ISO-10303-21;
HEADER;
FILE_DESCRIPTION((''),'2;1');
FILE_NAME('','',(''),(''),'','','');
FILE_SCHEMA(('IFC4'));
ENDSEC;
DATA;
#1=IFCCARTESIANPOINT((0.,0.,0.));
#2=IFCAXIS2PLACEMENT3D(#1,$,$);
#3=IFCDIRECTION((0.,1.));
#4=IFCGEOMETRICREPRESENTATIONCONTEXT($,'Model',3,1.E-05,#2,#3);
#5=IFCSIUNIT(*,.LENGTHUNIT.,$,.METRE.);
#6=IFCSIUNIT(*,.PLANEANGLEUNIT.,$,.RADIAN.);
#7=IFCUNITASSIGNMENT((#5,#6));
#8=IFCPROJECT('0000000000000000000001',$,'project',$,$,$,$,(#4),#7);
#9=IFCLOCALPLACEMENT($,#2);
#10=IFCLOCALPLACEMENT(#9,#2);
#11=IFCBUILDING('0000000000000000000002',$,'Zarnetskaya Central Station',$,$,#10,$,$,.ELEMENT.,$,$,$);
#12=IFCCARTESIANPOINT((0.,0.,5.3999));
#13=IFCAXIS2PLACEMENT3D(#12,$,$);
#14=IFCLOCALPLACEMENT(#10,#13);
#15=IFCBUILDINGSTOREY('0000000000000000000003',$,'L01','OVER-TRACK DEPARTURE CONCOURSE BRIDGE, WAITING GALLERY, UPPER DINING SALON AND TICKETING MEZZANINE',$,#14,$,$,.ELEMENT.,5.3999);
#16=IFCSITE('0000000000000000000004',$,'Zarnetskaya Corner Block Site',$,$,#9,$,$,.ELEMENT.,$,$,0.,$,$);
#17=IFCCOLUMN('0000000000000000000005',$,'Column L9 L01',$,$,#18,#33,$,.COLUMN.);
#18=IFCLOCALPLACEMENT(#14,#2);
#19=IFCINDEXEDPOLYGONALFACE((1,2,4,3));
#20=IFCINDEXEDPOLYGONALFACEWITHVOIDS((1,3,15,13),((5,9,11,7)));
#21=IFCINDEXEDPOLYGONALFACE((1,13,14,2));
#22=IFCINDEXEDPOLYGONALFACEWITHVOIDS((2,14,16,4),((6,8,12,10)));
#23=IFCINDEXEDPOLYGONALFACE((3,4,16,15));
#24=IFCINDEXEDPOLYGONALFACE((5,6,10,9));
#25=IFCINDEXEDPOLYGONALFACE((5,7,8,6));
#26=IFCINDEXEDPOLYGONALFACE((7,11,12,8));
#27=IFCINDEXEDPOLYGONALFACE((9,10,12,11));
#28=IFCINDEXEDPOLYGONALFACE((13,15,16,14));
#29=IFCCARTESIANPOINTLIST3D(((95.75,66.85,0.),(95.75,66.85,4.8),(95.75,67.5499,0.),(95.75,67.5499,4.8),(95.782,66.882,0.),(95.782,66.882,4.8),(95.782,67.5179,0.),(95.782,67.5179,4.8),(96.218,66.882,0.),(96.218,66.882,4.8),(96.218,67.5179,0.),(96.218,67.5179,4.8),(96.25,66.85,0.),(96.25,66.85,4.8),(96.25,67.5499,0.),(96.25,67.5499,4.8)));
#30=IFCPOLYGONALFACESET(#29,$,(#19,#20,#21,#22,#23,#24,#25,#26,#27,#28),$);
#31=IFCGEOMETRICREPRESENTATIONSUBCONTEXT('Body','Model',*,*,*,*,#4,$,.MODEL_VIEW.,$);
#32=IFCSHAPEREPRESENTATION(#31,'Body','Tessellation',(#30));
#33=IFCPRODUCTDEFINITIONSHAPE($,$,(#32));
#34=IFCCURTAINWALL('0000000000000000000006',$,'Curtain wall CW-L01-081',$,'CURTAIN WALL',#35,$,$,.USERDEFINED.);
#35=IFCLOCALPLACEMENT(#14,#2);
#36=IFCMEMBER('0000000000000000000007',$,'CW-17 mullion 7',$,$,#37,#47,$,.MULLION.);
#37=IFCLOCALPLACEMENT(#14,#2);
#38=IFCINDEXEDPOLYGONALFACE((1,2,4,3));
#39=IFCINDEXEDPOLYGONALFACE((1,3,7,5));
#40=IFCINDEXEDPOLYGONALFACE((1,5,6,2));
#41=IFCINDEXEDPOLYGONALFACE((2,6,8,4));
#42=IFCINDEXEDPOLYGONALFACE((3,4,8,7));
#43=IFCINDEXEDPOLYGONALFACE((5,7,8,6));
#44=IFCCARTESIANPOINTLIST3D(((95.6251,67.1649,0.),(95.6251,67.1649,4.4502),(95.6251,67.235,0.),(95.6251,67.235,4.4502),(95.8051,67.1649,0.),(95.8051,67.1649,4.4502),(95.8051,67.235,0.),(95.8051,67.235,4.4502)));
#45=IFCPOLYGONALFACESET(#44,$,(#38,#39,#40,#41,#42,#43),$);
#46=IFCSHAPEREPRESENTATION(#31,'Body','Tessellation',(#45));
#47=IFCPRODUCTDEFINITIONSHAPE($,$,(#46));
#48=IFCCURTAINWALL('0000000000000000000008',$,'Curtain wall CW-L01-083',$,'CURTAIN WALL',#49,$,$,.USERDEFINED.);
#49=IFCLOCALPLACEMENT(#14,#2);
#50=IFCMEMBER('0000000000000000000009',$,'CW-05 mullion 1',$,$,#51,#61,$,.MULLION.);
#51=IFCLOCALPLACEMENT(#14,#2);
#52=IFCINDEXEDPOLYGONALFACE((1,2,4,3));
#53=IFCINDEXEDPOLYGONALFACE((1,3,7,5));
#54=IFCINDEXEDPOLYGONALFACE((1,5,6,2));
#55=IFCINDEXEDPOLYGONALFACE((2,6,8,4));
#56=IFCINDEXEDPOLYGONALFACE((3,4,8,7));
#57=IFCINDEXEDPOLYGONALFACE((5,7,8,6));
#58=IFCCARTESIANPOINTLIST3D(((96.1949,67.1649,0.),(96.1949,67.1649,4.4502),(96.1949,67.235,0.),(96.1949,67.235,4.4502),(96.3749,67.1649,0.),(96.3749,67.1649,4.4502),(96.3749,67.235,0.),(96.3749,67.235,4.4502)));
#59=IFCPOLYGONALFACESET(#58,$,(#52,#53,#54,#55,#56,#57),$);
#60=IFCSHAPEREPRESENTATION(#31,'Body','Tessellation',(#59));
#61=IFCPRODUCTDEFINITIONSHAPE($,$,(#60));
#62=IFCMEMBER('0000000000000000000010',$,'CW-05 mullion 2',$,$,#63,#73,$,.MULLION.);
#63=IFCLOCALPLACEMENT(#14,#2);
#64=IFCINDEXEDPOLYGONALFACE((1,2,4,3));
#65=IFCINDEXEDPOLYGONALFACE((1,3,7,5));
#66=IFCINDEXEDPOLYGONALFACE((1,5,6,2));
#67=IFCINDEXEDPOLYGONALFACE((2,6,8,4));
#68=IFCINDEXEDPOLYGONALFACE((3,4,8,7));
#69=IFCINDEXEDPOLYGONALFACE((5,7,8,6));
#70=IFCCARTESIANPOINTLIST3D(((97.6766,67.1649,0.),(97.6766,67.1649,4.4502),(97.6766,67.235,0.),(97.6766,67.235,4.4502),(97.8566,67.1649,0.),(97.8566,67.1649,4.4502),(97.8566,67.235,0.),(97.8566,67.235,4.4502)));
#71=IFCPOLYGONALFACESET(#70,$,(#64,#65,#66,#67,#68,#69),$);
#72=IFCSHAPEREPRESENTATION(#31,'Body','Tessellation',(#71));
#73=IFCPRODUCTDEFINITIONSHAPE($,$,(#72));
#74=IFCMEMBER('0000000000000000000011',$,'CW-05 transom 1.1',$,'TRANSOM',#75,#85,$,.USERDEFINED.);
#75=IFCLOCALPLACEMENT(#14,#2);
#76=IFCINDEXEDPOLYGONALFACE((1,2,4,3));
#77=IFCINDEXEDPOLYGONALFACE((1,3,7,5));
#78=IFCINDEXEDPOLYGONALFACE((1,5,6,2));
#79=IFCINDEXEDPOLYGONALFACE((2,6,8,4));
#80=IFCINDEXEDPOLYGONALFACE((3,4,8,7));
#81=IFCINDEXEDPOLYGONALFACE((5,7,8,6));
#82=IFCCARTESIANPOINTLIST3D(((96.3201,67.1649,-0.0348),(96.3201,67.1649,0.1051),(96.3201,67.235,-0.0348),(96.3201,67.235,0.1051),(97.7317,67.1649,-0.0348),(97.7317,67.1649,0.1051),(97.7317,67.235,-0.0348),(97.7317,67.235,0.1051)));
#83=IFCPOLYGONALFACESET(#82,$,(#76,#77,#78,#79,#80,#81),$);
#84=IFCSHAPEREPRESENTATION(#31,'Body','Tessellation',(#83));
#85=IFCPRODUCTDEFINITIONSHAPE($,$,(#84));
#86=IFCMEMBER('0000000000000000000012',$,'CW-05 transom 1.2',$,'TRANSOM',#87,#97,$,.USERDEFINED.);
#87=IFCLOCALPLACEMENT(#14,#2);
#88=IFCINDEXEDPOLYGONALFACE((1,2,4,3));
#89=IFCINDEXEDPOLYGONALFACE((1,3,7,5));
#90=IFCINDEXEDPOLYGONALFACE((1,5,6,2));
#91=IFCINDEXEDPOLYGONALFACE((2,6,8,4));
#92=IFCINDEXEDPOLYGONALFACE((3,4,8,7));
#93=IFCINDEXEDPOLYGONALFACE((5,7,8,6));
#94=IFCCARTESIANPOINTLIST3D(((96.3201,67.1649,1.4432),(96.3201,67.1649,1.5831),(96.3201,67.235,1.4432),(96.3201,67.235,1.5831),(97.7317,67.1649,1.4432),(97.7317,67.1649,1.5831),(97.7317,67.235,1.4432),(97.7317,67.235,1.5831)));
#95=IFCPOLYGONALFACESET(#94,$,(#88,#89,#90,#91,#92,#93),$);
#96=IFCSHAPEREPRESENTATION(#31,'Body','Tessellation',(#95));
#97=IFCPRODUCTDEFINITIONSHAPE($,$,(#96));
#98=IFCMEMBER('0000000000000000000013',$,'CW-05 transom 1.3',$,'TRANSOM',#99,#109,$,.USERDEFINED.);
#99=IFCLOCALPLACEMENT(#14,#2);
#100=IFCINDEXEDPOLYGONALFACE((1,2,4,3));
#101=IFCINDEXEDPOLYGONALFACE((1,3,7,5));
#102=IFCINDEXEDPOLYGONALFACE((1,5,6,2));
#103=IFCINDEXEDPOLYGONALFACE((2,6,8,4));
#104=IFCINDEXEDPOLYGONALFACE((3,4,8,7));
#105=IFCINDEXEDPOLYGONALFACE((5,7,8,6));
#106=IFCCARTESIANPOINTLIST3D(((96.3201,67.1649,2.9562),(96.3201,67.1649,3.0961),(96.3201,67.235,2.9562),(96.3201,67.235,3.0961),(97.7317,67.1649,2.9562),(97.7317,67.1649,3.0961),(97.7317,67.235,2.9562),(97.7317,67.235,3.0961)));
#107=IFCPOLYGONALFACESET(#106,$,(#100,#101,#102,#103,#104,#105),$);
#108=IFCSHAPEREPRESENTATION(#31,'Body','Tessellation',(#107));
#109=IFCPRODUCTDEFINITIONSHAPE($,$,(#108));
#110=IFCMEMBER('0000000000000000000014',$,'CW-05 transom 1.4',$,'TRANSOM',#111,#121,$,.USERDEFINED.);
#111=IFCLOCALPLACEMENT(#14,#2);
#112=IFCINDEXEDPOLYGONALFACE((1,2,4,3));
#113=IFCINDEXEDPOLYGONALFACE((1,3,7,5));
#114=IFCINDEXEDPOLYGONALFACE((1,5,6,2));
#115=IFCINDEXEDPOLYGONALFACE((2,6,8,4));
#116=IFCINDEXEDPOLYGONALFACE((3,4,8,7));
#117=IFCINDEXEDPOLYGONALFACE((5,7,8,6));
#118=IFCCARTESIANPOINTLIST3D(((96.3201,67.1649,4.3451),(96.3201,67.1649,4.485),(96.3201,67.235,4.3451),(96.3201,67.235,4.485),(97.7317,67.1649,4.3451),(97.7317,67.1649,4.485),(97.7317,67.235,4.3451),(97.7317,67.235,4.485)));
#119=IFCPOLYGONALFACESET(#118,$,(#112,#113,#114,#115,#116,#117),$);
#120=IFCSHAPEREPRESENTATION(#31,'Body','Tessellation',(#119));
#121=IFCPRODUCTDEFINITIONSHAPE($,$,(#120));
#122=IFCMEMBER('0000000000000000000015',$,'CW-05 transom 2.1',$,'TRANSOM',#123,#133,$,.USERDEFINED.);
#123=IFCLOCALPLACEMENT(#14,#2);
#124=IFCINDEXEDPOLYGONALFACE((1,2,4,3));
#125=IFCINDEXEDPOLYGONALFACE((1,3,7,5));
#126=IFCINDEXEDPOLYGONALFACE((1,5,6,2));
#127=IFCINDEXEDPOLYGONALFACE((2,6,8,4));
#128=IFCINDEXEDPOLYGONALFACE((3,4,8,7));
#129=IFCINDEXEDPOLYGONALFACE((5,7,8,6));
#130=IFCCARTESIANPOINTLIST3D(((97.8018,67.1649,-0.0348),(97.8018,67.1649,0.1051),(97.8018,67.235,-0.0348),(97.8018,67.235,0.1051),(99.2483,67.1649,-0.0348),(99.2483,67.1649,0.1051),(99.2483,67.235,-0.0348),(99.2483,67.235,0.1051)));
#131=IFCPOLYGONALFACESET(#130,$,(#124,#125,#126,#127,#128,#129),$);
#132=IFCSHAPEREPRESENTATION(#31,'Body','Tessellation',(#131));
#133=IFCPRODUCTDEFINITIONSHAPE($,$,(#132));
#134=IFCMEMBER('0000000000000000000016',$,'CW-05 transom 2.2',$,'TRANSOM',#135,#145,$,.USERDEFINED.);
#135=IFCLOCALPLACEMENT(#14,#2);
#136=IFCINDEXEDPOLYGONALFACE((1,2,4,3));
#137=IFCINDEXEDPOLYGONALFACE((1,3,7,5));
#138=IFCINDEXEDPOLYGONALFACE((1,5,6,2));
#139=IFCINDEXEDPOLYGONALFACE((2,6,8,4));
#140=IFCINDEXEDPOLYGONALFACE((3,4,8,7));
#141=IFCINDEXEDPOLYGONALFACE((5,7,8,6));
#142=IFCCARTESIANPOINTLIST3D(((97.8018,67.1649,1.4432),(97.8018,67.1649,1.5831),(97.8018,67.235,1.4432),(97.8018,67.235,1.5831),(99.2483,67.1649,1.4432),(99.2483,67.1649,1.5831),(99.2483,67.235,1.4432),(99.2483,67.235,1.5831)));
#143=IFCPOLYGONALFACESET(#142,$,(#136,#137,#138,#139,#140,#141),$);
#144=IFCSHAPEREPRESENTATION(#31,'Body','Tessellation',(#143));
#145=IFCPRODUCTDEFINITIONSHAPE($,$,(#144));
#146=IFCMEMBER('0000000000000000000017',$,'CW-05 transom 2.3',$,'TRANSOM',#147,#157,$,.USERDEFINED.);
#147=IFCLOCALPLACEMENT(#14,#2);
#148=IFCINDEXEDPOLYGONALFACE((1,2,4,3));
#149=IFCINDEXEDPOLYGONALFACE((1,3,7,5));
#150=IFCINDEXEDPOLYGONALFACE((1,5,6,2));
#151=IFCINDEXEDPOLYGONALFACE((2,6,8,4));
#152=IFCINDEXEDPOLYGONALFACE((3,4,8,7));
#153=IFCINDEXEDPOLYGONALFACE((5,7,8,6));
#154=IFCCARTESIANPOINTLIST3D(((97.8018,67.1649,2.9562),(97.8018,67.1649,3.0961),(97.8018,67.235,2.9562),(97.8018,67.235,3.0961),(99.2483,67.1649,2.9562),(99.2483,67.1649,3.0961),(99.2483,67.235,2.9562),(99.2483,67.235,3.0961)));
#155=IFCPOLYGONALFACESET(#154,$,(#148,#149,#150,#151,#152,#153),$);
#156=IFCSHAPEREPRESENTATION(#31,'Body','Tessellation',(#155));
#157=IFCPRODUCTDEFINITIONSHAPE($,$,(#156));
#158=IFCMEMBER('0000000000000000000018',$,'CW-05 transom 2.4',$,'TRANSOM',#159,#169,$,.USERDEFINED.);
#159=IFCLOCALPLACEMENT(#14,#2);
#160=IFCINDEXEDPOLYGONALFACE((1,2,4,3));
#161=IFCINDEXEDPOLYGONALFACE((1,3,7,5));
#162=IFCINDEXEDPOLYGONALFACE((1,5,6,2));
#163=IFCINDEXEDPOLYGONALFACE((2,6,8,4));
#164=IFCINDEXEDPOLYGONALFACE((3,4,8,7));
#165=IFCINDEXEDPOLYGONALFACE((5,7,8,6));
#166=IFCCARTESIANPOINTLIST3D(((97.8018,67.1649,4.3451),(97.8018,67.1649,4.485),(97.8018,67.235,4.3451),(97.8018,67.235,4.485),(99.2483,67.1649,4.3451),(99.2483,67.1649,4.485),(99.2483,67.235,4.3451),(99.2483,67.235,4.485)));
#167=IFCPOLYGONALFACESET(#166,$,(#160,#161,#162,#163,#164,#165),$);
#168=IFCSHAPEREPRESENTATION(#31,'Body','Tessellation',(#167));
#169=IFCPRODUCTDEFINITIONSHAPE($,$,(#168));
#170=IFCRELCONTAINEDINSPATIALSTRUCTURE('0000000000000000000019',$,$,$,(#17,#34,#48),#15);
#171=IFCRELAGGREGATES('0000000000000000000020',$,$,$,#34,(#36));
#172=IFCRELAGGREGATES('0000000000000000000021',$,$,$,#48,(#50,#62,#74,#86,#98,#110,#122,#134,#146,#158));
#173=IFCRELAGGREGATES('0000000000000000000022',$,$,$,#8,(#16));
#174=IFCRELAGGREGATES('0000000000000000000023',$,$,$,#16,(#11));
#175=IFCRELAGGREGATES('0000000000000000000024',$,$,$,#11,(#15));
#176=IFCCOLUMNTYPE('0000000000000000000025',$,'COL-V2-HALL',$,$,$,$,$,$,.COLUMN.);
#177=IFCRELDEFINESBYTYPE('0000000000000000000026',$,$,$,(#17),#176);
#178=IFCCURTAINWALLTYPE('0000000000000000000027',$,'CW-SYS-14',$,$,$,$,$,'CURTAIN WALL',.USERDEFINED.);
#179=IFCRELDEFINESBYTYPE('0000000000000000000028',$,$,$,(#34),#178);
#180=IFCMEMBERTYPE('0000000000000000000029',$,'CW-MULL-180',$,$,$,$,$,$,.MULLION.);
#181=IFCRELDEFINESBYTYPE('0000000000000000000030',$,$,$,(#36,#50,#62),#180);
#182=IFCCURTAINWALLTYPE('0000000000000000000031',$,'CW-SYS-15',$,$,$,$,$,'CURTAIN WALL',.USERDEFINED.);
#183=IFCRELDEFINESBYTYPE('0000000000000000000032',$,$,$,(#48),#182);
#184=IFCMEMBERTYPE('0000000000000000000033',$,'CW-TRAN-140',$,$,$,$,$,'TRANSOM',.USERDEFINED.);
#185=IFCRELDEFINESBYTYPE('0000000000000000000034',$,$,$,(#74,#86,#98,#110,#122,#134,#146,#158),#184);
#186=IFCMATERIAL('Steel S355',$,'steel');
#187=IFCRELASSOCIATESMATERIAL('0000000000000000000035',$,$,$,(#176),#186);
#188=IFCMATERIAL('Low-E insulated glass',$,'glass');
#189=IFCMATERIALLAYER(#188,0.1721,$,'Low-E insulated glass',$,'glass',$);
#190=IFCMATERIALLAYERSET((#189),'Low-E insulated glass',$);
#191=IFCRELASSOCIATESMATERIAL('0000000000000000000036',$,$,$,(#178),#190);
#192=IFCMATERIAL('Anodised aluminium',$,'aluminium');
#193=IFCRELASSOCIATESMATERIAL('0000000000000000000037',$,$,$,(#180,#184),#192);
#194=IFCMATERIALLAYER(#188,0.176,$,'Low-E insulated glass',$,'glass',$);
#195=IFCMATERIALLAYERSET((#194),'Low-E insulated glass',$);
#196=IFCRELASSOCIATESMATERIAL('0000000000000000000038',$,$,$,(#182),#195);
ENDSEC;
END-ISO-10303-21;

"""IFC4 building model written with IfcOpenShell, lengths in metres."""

from ifc_helpers import new_model, si_unit, direction, frame, origin, origin_2d, place, context, subcontext, project, spatial, rectangle, hollow_rectangle, extrude, material, layer, layer_set, material_profile, profile_set, type_object, element, aggregate, save


model = new_model("IFC4")

# Units and contexts
model_context = context("Model", 3, precision=1e-05, world=origin(), true_north=direction((0.0, 1.0)))
body_context = subcontext(model_context, "Body", "Model", "MODEL_VIEW")
ifc_project = project(units=[si_unit("LENGTHUNIT", "METRE"), si_unit("PLANEANGLEUNIT", "RADIAN")], contexts=[model_context])

# Site, building, storey
site_placement = place(None, origin())
site = spatial("IfcSite", under=ifc_project, at=site_placement, Name="Zarnetskaya Corner Block Site", CompositionType="ELEMENT", RefElevation=0.0)
building_placement = place(site_placement, origin())
building = spatial("IfcBuilding", under=site, at=building_placement, Name="Zarnetskaya Central Station", CompositionType="ELEMENT")
storey_placement = place(building_placement, frame((0.0, 0.0, 5.3999)))
storey = spatial("IfcBuildingStorey", under=building, at=storey_placement, Name="L01", Description="OVER-TRACK DEPARTURE CONCOURSE BRIDGE, WAITING GALLERY, UPPER DINING SALON AND TICKETING MEZZANINE", CompositionType="ELEMENT", Elevation=5.3999)

# Column
ifc_material_1 = material(Name="Steel S355", Category="steel")
ifc_material_profile_1 = material_profile(ifc_material_1, hollow_rectangle(XDim=0.5, YDim=0.7, WallThickness=0.032, at=origin_2d()), Name="BOX 700x500x32")
ifc_profile_set_1 = profile_set([ifc_material_profile_1], Name="Steel S355")
column_type = type_object("IfcColumnType", Name="COL-V2-HALL", PredefinedType="COLUMN", material=ifc_profile_set_1)
column_placement = place(storey_placement, frame((96.0, 67.2, 0.0), z_axis=(0.0, 0.0, 1.0), x_axis=(1.0, 0.0, 0.0)))
element("IfcColumn", 1, at=column_placement, inside=storey, type_object=column_type, Name="Column L9 L01", PredefinedType="COLUMN", context=body_context, shape_type="SweptSolid", body=[
    extrude(hollow_rectangle(XDim=0.5, YDim=0.7, WallThickness=0.032, at=origin_2d()), origin(), (0.0, 0.0, 1.0), 4.8),
])

# Curtain wall, member
ifc_material_2 = material(Name="Low-E insulated glass", Category="glass")
ifc_layer_1 = layer(ifc_material_2, 0.1721, Name="Low-E insulated glass", Category="glass")
ifc_layer_set_1 = layer_set([ifc_layer_1], Name="Low-E insulated glass")
curtain_wall_type_1 = type_object("IfcCurtainWallType", Name="CW-SYS-14", ElementType="CURTAIN WALL", PredefinedType="USERDEFINED", material=ifc_layer_set_1)
curtain_wall_1_placement = place(storey_placement, origin())
curtain_wall_1 = element("IfcCurtainWall", 2, at=curtain_wall_1_placement, inside=storey, type_object=curtain_wall_type_1, Name="Curtain wall CW-L01-081", ObjectType="CURTAIN WALL", PredefinedType="USERDEFINED")
ifc_material_3 = material(Name="Anodised aluminium", Category="aluminium")
ifc_material_profile_2 = material_profile(ifc_material_3, rectangle(XDim=0.0701, YDim=0.1799, at=origin_2d()), Name="ALU MULL 70x180")
ifc_profile_set_2 = profile_set([ifc_material_profile_2], Name="Anodised aluminium")
member_type_1 = type_object("IfcMemberType", Name="CW-MULL-180", PredefinedType="MULLION", material=ifc_profile_set_2)
member_1_placement = place(storey_placement, frame((95.7151, 67.2, 0.0), z_axis=(0.0, 0.0, 1.0), x_axis=(0.0, 1.0, 0.0)))
member_1 = element("IfcMember", 3, at=member_1_placement, type_object=member_type_1, Name="CW-17 mullion 7", PredefinedType="MULLION", context=body_context, shape_type="SweptSolid", body=[
    extrude(rectangle(XDim=0.0701, YDim=0.1799, at=origin_2d()), origin(), (0.0, 0.0, 1.0), 4.4502),
])

# Curtain wall, members
ifc_layer_2 = layer(ifc_material_2, 0.176, Name="Low-E insulated glass", Category="glass")
ifc_layer_set_2 = layer_set([ifc_layer_2], Name="Low-E insulated glass")
curtain_wall_type_2 = type_object("IfcCurtainWallType", Name="CW-SYS-15", ElementType="CURTAIN WALL", PredefinedType="USERDEFINED", material=ifc_layer_set_2)
curtain_wall_2_placement = place(storey_placement, origin())
curtain_wall_2 = element("IfcCurtainWall", 4, at=curtain_wall_2_placement, inside=storey, type_object=curtain_wall_type_2, Name="Curtain wall CW-L01-083", ObjectType="CURTAIN WALL", PredefinedType="USERDEFINED")
member_2_placement = place(storey_placement, frame((96.2849, 67.2, 0.0), z_axis=(0.0, 0.0, 1.0), x_axis=(0.0, 1.0, 0.0)))
member_2 = element("IfcMember", 5, at=member_2_placement, type_object=member_type_1, Name="CW-05 mullion 1", PredefinedType="MULLION", context=body_context, shape_type="SweptSolid", body=[
    extrude(rectangle(XDim=0.0701, YDim=0.1799, at=origin_2d()), origin(), (0.0, 0.0, 1.0), 4.4502),
])
member_3_placement = place(storey_placement, frame((97.7666, 67.2, 0.0), z_axis=(0.0, 0.0, 1.0), x_axis=(0.0, 1.0, 0.0)))
member_3 = element("IfcMember", 6, at=member_3_placement, type_object=member_type_1, Name="CW-05 mullion 2", PredefinedType="MULLION", context=body_context, shape_type="SweptSolid", body=[
    extrude(rectangle(XDim=0.0701, YDim=0.1799, at=origin_2d()), origin(), (0.0, 0.0, 1.0), 4.4502),
])
ifc_material_profile_3 = material_profile(ifc_material_3, rectangle(XDim=0.0701, YDim=0.1399, at=origin_2d()), Name="ALU TRAN 70x140")
ifc_profile_set_3 = profile_set([ifc_material_profile_3], Name="Anodised aluminium")
member_type_2 = type_object("IfcMemberType", Name="CW-TRAN-140", ElementType="TRANSOM", PredefinedType="USERDEFINED", material=ifc_profile_set_3)
member_4_placement = place(storey_placement, frame((96.3201, 67.2, 0.0352), z_axis=(1.0, 0.0, 0.0), x_axis=(0.0, 1.0, 0.0)))
member_4 = element("IfcMember", 7, at=member_4_placement, type_object=member_type_2, Name="CW-05 transom 1.1", ObjectType="TRANSOM", PredefinedType="USERDEFINED", context=body_context, shape_type="SweptSolid", body=[
    extrude(rectangle(XDim=0.0701, YDim=0.1399, at=origin_2d()), origin(), (0.0, 0.0, 1.0), 1.4116),
])
member_5_placement = place(storey_placement, frame((96.3201, 67.2, 1.5132), z_axis=(1.0, 0.0, 0.0), x_axis=(0.0, 1.0, 0.0)))
member_5 = element("IfcMember", 8, at=member_5_placement, type_object=member_type_2, Name="CW-05 transom 1.2", ObjectType="TRANSOM", PredefinedType="USERDEFINED", context=body_context, shape_type="SweptSolid", body=[
    extrude(rectangle(XDim=0.0701, YDim=0.1399, at=origin_2d()), origin(), (0.0, 0.0, 1.0), 1.4116),
])
member_6_placement = place(storey_placement, frame((96.3201, 67.2, 3.0261), z_axis=(1.0, 0.0, 0.0), x_axis=(0.0, 1.0, 0.0)))
member_6 = element("IfcMember", 9, at=member_6_placement, type_object=member_type_2, Name="CW-05 transom 1.3", ObjectType="TRANSOM", PredefinedType="USERDEFINED", context=body_context, shape_type="SweptSolid", body=[
    extrude(rectangle(XDim=0.0701, YDim=0.1399, at=origin_2d()), origin(), (0.0, 0.0, 1.0), 1.4116),
])
member_7_placement = place(storey_placement, frame((96.3201, 67.2, 4.415), z_axis=(1.0, 0.0, 0.0), x_axis=(0.0, 1.0, 0.0)))
member_7 = element("IfcMember", 10, at=member_7_placement, type_object=member_type_2, Name="CW-05 transom 1.4", ObjectType="TRANSOM", PredefinedType="USERDEFINED", context=body_context, shape_type="SweptSolid", body=[
    extrude(rectangle(XDim=0.0701, YDim=0.1399, at=origin_2d()), origin(), (0.0, 0.0, 1.0), 1.4116),
])
member_8_placement = place(storey_placement, frame((97.8018, 67.2, 0.0352), z_axis=(1.0, 0.0, 0.0), x_axis=(0.0, 1.0, 0.0)))
member_8 = element("IfcMember", 11, at=member_8_placement, type_object=member_type_2, Name="CW-05 transom 2.1", ObjectType="TRANSOM", PredefinedType="USERDEFINED", context=body_context, shape_type="SweptSolid", body=[
    extrude(rectangle(XDim=0.0701, YDim=0.1399, at=origin_2d()), origin(), (0.0, 0.0, 1.0), 1.4465),
])
member_9_placement = place(storey_placement, frame((97.8018, 67.2, 1.5132), z_axis=(1.0, 0.0, 0.0), x_axis=(0.0, 1.0, 0.0)))
member_9 = element("IfcMember", 12, at=member_9_placement, type_object=member_type_2, Name="CW-05 transom 2.2", ObjectType="TRANSOM", PredefinedType="USERDEFINED", context=body_context, shape_type="SweptSolid", body=[
    extrude(rectangle(XDim=0.0701, YDim=0.1399, at=origin_2d()), origin(), (0.0, 0.0, 1.0), 1.4465),
])
member_10_placement = place(storey_placement, frame((97.8018, 67.2, 3.0261), z_axis=(1.0, 0.0, 0.0), x_axis=(0.0, 1.0, 0.0)))
member_10 = element("IfcMember", 13, at=member_10_placement, type_object=member_type_2, Name="CW-05 transom 2.3", ObjectType="TRANSOM", PredefinedType="USERDEFINED", context=body_context, shape_type="SweptSolid", body=[
    extrude(rectangle(XDim=0.0701, YDim=0.1399, at=origin_2d()), origin(), (0.0, 0.0, 1.0), 1.4465),
])
member_11_placement = place(storey_placement, frame((97.8018, 67.2, 4.415), z_axis=(1.0, 0.0, 0.0), x_axis=(0.0, 1.0, 0.0)))
member_11 = element("IfcMember", 14, at=member_11_placement, type_object=member_type_2, Name="CW-05 transom 2.4", ObjectType="TRANSOM", PredefinedType="USERDEFINED", context=body_context, shape_type="SweptSolid", body=[
    extrude(rectangle(XDim=0.0701, YDim=0.1399, at=origin_2d()), origin(), (0.0, 0.0, 1.0), 1.4465),
])

aggregate(curtain_wall_1, [member_1])
aggregate(curtain_wall_2, [member_2, member_3, member_4, member_5, member_6, member_7, member_8, member_9, member_10, member_11])

save(model, "model.ifc")
